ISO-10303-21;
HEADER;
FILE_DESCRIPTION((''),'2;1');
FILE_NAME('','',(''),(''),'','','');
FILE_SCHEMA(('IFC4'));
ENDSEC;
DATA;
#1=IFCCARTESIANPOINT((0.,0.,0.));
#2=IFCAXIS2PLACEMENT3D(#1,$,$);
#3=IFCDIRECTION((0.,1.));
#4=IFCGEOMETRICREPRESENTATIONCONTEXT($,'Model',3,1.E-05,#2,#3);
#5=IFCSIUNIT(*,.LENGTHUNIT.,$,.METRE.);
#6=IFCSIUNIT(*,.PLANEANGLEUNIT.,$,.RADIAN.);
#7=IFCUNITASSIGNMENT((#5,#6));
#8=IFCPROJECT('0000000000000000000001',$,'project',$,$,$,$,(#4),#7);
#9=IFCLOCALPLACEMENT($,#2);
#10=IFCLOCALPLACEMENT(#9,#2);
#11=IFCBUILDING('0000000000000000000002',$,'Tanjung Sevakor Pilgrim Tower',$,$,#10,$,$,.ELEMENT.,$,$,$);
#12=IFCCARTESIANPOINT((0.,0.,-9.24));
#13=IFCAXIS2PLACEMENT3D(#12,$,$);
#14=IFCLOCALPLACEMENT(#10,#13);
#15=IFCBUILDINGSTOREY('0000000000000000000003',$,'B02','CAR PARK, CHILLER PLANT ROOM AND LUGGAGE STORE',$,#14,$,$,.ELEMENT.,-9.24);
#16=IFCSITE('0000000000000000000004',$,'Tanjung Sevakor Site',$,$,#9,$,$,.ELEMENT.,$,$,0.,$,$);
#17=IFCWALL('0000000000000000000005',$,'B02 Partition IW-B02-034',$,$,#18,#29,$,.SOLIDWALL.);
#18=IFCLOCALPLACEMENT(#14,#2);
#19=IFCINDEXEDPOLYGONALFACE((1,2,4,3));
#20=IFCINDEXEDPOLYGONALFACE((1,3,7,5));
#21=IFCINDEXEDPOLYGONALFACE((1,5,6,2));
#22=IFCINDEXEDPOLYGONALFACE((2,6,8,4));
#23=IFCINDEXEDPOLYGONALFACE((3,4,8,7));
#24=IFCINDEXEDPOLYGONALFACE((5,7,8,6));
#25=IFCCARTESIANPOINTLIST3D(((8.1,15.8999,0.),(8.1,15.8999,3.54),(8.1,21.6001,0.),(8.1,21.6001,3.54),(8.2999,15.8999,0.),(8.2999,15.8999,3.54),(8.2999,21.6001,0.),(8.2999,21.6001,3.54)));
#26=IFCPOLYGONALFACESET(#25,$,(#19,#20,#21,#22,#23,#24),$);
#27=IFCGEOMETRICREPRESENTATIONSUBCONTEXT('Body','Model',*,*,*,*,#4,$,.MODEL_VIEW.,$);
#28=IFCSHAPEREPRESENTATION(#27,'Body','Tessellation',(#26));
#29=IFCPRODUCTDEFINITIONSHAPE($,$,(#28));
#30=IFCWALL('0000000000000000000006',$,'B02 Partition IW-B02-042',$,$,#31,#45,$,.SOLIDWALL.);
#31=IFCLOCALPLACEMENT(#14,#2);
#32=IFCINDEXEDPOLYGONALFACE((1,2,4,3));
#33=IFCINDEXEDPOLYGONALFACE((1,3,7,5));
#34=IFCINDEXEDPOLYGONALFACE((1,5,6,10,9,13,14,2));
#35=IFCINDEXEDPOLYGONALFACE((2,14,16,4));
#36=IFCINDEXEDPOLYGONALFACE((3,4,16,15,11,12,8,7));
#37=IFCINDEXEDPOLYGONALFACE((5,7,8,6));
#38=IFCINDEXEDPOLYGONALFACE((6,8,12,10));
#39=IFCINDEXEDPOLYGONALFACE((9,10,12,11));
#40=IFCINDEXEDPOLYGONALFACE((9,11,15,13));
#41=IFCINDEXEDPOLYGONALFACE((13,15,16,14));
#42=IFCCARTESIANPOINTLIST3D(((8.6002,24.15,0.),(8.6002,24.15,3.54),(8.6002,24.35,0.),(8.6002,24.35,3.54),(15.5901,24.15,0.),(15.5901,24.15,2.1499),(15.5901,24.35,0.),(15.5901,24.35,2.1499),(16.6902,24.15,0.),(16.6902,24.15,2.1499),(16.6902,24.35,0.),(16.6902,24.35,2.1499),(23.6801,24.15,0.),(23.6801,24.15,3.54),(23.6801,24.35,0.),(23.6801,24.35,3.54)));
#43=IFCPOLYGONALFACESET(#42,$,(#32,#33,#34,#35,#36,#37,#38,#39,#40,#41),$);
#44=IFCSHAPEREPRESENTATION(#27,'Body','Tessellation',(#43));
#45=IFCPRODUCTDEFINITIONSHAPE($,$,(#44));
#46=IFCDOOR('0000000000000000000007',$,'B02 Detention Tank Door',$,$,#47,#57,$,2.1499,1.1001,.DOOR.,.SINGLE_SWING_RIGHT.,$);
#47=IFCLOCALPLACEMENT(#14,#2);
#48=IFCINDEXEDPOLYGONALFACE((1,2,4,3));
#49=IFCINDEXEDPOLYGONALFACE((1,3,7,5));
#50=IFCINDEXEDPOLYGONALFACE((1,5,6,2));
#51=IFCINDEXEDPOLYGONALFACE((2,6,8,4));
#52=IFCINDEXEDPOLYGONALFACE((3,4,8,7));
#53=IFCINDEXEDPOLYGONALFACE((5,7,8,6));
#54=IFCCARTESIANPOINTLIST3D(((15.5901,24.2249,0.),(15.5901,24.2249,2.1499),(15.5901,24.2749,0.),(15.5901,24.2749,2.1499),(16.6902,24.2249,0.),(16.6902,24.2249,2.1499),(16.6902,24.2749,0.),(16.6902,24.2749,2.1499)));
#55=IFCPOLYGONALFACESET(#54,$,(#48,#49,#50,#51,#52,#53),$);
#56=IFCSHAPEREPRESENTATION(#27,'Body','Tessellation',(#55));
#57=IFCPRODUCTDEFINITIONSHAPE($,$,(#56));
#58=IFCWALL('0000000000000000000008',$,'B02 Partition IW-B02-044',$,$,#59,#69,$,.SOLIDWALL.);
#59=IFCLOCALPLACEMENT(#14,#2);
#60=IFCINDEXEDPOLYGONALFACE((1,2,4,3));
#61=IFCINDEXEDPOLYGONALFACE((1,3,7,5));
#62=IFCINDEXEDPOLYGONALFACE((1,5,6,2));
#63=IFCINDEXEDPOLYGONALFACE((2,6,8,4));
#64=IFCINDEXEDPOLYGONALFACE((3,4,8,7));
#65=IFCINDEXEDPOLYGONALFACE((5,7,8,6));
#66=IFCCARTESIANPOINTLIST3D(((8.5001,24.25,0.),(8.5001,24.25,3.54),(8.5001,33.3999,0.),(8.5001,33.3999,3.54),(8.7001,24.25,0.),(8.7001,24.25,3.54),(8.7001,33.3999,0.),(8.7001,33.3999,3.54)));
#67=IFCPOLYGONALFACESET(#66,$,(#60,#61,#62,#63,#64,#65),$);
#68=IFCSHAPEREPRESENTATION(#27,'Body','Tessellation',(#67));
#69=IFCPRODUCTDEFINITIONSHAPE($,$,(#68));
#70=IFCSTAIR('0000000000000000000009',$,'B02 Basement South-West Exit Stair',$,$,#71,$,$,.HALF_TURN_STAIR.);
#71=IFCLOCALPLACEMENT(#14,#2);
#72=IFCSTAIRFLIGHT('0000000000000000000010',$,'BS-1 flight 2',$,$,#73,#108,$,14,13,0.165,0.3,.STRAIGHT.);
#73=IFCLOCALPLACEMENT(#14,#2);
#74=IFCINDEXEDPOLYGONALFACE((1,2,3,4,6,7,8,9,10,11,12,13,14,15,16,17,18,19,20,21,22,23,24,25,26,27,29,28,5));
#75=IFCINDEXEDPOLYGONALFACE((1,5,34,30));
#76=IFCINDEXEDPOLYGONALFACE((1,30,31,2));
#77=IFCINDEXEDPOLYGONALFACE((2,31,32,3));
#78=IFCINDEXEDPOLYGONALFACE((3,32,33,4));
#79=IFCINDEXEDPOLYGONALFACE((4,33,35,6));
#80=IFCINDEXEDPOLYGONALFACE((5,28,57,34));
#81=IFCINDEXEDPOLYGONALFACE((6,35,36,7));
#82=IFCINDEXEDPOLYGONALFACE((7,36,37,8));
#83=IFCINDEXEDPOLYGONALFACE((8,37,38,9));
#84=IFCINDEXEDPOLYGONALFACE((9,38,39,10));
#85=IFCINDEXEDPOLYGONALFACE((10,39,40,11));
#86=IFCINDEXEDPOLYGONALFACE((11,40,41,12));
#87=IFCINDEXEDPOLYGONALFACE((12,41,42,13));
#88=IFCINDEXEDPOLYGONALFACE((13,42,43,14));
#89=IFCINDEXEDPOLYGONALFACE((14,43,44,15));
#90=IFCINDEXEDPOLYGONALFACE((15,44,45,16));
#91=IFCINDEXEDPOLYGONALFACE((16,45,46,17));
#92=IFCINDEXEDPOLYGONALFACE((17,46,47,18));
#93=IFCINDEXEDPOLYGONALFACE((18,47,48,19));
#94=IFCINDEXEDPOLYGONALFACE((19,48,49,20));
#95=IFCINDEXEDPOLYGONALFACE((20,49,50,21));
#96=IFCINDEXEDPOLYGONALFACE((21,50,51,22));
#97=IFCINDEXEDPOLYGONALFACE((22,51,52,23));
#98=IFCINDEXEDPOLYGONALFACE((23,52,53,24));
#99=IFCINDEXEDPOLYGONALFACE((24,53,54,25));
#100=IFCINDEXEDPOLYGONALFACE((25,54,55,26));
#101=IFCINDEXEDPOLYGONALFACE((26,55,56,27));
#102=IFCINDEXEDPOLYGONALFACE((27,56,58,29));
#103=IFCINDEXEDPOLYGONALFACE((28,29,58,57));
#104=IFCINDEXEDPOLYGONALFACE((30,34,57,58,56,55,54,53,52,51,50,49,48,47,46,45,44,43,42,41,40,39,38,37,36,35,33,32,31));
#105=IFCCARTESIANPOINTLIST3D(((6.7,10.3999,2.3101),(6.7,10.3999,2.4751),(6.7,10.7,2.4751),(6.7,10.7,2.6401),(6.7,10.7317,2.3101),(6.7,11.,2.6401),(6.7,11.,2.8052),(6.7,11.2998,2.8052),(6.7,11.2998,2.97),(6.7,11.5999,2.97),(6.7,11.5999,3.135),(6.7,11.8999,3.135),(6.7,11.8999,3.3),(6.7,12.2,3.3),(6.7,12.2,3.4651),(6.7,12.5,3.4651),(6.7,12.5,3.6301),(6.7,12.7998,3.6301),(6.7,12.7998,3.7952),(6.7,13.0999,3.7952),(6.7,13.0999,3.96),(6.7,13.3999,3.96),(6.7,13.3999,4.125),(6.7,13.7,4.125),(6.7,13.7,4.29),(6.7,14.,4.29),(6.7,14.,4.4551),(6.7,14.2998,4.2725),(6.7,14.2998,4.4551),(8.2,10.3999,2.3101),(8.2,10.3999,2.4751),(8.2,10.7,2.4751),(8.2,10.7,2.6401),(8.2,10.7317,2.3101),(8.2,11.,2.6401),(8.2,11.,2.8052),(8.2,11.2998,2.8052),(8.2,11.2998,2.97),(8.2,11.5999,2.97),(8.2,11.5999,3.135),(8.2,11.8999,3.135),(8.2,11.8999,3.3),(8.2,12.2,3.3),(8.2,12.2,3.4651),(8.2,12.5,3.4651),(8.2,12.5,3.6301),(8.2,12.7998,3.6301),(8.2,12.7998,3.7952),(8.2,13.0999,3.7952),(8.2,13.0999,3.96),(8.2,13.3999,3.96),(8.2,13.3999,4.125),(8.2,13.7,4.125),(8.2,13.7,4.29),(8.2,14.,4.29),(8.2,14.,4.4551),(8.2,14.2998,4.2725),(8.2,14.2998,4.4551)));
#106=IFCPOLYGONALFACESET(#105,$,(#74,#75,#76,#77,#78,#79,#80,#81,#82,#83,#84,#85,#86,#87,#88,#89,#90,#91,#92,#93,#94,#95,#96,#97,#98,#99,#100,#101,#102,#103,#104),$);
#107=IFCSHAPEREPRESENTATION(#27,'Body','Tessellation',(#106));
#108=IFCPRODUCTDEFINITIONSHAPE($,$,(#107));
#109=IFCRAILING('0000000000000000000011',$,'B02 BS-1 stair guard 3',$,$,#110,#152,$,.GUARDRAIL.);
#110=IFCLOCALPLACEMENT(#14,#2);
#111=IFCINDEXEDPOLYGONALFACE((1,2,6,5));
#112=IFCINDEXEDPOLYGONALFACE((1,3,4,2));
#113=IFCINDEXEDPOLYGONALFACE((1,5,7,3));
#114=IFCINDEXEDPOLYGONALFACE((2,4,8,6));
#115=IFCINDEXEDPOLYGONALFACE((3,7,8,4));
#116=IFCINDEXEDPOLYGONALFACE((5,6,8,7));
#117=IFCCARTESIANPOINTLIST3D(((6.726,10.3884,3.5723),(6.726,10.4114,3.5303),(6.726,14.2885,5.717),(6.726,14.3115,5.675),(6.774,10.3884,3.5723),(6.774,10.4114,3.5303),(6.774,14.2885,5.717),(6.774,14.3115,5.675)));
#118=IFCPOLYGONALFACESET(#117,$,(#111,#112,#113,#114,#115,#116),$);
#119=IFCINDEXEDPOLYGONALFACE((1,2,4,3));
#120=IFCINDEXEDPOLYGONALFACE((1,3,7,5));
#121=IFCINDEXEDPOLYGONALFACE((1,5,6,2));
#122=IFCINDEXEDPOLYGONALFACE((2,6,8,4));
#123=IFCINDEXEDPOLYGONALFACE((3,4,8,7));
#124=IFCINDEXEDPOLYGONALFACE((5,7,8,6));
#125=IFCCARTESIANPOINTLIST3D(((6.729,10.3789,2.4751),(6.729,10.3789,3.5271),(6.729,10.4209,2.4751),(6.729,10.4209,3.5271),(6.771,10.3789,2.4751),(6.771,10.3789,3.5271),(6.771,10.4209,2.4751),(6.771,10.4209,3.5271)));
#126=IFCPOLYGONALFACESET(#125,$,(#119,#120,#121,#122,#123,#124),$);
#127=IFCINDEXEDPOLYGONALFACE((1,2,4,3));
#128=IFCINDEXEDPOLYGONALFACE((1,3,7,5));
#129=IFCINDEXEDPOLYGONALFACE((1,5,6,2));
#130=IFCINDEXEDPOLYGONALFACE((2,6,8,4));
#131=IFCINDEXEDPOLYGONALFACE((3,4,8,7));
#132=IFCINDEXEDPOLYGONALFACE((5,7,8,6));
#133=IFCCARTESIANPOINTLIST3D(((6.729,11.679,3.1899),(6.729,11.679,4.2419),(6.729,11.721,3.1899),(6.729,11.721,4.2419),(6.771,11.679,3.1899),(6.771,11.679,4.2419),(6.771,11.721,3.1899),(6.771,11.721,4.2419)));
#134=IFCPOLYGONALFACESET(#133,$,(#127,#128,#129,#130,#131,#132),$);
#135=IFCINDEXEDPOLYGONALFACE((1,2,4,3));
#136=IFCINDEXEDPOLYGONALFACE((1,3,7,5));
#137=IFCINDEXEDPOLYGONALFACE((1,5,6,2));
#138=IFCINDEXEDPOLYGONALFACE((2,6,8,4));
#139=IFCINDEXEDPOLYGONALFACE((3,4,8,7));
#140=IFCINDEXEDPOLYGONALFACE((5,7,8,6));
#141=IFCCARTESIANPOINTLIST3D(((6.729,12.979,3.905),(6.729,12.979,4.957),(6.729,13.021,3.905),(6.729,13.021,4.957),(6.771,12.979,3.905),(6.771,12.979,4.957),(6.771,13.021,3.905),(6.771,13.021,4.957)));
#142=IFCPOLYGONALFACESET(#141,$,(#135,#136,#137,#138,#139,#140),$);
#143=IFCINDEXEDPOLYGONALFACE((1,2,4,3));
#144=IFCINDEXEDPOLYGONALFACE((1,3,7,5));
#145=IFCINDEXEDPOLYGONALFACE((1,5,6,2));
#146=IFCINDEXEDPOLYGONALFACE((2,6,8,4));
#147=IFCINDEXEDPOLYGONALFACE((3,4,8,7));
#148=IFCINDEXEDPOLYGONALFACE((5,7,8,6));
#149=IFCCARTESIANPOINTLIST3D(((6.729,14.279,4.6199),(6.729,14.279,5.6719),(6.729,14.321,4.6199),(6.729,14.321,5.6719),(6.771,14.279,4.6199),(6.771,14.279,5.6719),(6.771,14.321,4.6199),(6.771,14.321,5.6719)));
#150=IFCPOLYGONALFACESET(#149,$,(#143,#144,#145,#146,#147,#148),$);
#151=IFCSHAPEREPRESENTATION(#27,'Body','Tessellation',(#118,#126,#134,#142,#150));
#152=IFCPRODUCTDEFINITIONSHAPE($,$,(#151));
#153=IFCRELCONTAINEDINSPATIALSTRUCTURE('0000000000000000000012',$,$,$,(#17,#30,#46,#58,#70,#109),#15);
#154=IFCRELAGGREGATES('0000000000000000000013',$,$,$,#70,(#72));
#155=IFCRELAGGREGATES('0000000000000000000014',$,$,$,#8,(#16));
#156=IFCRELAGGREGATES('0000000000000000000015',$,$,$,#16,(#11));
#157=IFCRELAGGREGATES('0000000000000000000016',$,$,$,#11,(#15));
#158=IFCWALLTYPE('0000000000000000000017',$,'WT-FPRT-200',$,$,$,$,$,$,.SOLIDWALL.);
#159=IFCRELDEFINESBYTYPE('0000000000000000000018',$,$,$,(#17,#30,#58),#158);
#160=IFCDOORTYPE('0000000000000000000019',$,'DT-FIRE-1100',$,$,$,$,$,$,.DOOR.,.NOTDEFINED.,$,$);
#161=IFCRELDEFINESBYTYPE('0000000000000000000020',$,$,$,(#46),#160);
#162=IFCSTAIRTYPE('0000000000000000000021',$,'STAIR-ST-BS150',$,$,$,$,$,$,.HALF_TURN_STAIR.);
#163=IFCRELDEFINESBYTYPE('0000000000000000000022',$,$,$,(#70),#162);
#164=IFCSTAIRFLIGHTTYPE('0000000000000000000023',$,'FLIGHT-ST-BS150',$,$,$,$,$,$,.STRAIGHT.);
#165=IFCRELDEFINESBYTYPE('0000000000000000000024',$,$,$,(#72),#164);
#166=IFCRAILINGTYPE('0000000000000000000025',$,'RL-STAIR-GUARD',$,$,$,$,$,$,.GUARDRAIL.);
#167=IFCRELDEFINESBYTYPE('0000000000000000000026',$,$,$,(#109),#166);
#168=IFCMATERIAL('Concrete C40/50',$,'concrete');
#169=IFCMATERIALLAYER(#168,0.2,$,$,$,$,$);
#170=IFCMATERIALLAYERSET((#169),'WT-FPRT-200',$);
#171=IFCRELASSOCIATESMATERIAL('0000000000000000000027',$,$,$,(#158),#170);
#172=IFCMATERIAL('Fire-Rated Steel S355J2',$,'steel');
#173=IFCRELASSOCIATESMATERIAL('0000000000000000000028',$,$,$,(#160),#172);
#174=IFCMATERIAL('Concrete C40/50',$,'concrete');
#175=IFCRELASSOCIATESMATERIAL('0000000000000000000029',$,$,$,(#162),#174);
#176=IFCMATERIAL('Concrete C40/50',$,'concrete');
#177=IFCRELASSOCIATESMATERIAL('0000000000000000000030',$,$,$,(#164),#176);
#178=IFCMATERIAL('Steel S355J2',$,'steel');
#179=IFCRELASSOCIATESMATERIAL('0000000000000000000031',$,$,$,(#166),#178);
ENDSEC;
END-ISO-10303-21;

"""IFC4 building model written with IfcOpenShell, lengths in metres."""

from ifc_helpers import new_model, si_unit, direction, frame, frame_2d, origin, place, context, subcontext, project, spatial, polyline, rectangle, outline, extrude, material, layer, layer_set, type_object, element, fill, aggregate, save


model = new_model("IFC4")

# Units and contexts
model_context = context("Model", 3, precision=1e-05, world=origin(), true_north=direction((0.0, 1.0)))
body_context = subcontext(model_context, "Body", "Model", "MODEL_VIEW")
ifc_project = project(units=[si_unit("LENGTHUNIT", "METRE"), si_unit("PLANEANGLEUNIT", "RADIAN")], contexts=[model_context])

# Site, building, storey
site_placement = place(None, origin())
site = spatial("IfcSite", under=ifc_project, at=site_placement, Name="Tanjung Sevakor Site", CompositionType="ELEMENT", RefElevation=0.0)
building_placement = place(site_placement, origin())
building = spatial("IfcBuilding", under=site, at=building_placement, Name="Tanjung Sevakor Pilgrim Tower", CompositionType="ELEMENT")
storey_placement = place(building_placement, frame((0.0, 0.0, -9.24)))
storey = spatial("IfcBuildingStorey", under=building, at=storey_placement, Name="B02", Description="CAR PARK, CHILLER PLANT ROOM AND LUGGAGE STORE", CompositionType="ELEMENT", Elevation=-9.24)

# Shared definitions
ifc_material_1 = material(Name="Concrete C40/50", Category="concrete")

# Wall
ifc_material_2 = material(Name="Concrete C40/50", Category="concrete")
ifc_layer_1 = layer(ifc_material_2, 0.2)
ifc_layer_set_1 = layer_set([ifc_layer_1], Name="WT-FPRT-200")
wall_type_1 = type_object("IfcWallType", Name="WT-FPRT-200", PredefinedType="SOLIDWALL", material=ifc_layer_set_1)
wall_1_placement = place(storey_placement, frame((8.2, 15.8999, 0.0), z_axis=(0.0, 0.0, 1.0), x_axis=(0.0, 1.0, 0.0)))
element("IfcWall", 1, at=wall_1_placement, inside=storey, type_object=wall_type_1, Name="B02 Partition IW-B02-034", PredefinedType="SOLIDWALL", context=body_context, shape_type="SweptSolid", body=[
    extrude(rectangle(XDim=5.7002, YDim=0.2, at=frame_2d((2.8501, 0.0))), origin(), (0.0, 0.0, 1.0), 3.54),
])

# Wall, opening, door
wall_2_placement = place(storey_placement, frame((8.6001, 24.25, 0.0), z_axis=(0.0, 0.0, 1.0), x_axis=(1.0, 0.0, 0.0)))
wall_2 = element("IfcWall", 2, at=wall_2_placement, inside=storey, type_object=wall_type_1, Name="B02 Partition IW-B02-042", PredefinedType="SOLIDWALL", context=body_context, shape_type="SweptSolid", body=[
    extrude(rectangle(XDim=15.0798, YDim=0.2, at=frame_2d((7.54, 0.0))), origin(), (0.0, 0.0, 1.0), 3.54),
])
opening_1_placement = place(wall_2_placement, frame((6.99, 0.0, 0.0)))
opening_1 = element("IfcOpeningElement", 3, at=opening_1_placement, cuts=wall_2, PredefinedType="OPENING", context=body_context, shape_type="SweptSolid", body=[
    extrude(rectangle(XDim=1.1001, YDim=2.1499, at=frame_2d((0.55, 1.075))), frame((0.0, 0.1099, 0.0), z_axis=(0.0, -1.0, 0.0), x_axis=(1.0, 0.0, 0.0)), (0.0, 0.0, 1.0), 0.22),
])
ifc_material_3 = material(Name="Fire-Rated Steel S355J2", Category="steel")
door_type_1 = type_object("IfcDoorType", Name="DT-FIRE-1100", OperationType="NOTDEFINED", PredefinedType="DOOR", material=ifc_material_3)
door_1_placement = place(opening_1_placement, origin())
door_1 = element("IfcDoor", 4, at=door_1_placement, inside=storey, type_object=door_type_1, Name="B02 Detention Tank Door", OperationType="SINGLE_SWING_RIGHT", OverallHeight=2.1499, OverallWidth=1.1001, PredefinedType="DOOR", context=body_context, shape_type="SweptSolid", body=[
    extrude(rectangle(XDim=1.1001, YDim=2.1499, at=frame_2d((0.55, 1.075))), frame((0.0, 0.0249, 0.0), z_axis=(0.0, -1.0, 0.0), x_axis=(1.0, 0.0, 0.0)), (0.0, 0.0, 1.0), 0.05),
])
fill(opening_1, door_1)

# Wall
wall_3_placement = place(storey_placement, frame((8.6001, 24.25, 0.0), z_axis=(0.0, 0.0, 1.0), x_axis=(0.0, 1.0, 0.0)))
element("IfcWall", 5, at=wall_3_placement, inside=storey, type_object=wall_type_1, Name="B02 Partition IW-B02-044", PredefinedType="SOLIDWALL", context=body_context, shape_type="SweptSolid", body=[
    extrude(rectangle(XDim=9.1499, YDim=0.2, at=frame_2d((4.575, 0.0))), origin(), (0.0, 0.0, 1.0), 3.54),
])

# Stair, stair flight
ifc_material_4 = material(Name="Concrete C40/50", Category="concrete")
stair_type = type_object("IfcStairType", Name="STAIR-ST-BS150", PredefinedType="HALF_TURN_STAIR", material=ifc_material_4)
stair_placement = place(storey_placement, origin())
stair = element("IfcStair", 6, at=stair_placement, inside=storey, type_object=stair_type, Name="B02 Basement South-West Exit Stair", PredefinedType="HALF_TURN_STAIR")
stair_flight_type = type_object("IfcStairFlightType", Name="FLIGHT-ST-BS150", PredefinedType="STRAIGHT", material=ifc_material_1)
stair_flight_placement = place(storey_placement, frame((7.45, 10.3999, 2.3101), z_axis=(0.0, 0.0, 1.0), x_axis=(0.0, 1.0, 0.0)))
stair_flight = element("IfcStairFlight", 7, at=stair_flight_placement, type_object=stair_flight_type, Name="BS-1 flight 2", NumberOfRisers=14, NumberOfTreads=13, PredefinedType="STRAIGHT", RiserHeight=0.165, TreadLength=0.3, context=body_context, shape_type="SweptSolid", body=[
    extrude(outline(polyline([(0.0, 0.0), (0.0, 0.165), (0.3, 0.165), (0.3, 0.3301), (0.6001, 0.3301), (0.6001, 0.4951), (0.8999, 0.4951), (0.8999, 0.6599), (1.2, 0.6599), (1.2, 0.825), (1.5, 0.825), (1.5, 0.99), (1.8, 0.99), (1.8, 1.155), (2.1001, 1.155), (2.1001, 1.3201), (2.3999, 1.3201), (2.3999, 1.4851), (2.7, 1.4851), (2.7, 1.6499), (3.0, 1.6499), (3.0, 1.8149), (3.3, 1.8149), (3.3, 1.98), (3.6001, 1.98), (3.6001, 2.145), (3.8999, 2.145), (3.8999, 2.3101), (3.8999, 1.9624), (0.3318, 0.0), (0.0, 0.0)])), frame((0.0, 0.75, 0.0), z_axis=(0.0, -1.0, 0.0), x_axis=(1.0, 0.0, 0.0)), (0.0, 0.0, 1.0), 1.5),
])
aggregate(stair, [stair_flight])

# Railing
ifc_material_5 = material(Name="Steel S355J2", Category="steel")
railing_type_1 = type_object("IfcRailingType", Name="RL-STAIR-GUARD", PredefinedType="GUARDRAIL", material=ifc_material_5)
railing_1_placement = place(storey_placement, frame((6.75, 10.3999, 2.4751)))
element("IfcRailing", 8, at=railing_1_placement, inside=storey, type_object=railing_type_1, Name="B02 BS-1 stair guard 3", PredefinedType="GUARDRAIL", context=body_context, shape_type="SweptSolid", body=[
    extrude(rectangle(XDim=0.0479, YDim=0.0479), frame((0.0, 0.0, 1.0762), z_axis=(0.0, 0.876245, 0.481866), x_axis=(-1.0, 0.0, 0.0)), (0.0, 0.0, 1.0), 4.4509),
    extrude(rectangle(XDim=0.042, YDim=0.042), origin(), (0.0, 0.0, 1.0), 1.052),
    extrude(rectangle(XDim=0.042, YDim=0.042), frame((0.0, 1.3, 0.7148)), (0.0, 0.0, 1.0), 1.052),
    extrude(rectangle(XDim=0.042, YDim=0.042), frame((0.0, 2.6001, 1.4299)), (0.0, 0.0, 1.0), 1.052),
    extrude(rectangle(XDim=0.042, YDim=0.042), frame((0.0, 3.9001, 2.1448)), (0.0, 0.0, 1.0), 1.052),
])

save(model, "model.ifc")
